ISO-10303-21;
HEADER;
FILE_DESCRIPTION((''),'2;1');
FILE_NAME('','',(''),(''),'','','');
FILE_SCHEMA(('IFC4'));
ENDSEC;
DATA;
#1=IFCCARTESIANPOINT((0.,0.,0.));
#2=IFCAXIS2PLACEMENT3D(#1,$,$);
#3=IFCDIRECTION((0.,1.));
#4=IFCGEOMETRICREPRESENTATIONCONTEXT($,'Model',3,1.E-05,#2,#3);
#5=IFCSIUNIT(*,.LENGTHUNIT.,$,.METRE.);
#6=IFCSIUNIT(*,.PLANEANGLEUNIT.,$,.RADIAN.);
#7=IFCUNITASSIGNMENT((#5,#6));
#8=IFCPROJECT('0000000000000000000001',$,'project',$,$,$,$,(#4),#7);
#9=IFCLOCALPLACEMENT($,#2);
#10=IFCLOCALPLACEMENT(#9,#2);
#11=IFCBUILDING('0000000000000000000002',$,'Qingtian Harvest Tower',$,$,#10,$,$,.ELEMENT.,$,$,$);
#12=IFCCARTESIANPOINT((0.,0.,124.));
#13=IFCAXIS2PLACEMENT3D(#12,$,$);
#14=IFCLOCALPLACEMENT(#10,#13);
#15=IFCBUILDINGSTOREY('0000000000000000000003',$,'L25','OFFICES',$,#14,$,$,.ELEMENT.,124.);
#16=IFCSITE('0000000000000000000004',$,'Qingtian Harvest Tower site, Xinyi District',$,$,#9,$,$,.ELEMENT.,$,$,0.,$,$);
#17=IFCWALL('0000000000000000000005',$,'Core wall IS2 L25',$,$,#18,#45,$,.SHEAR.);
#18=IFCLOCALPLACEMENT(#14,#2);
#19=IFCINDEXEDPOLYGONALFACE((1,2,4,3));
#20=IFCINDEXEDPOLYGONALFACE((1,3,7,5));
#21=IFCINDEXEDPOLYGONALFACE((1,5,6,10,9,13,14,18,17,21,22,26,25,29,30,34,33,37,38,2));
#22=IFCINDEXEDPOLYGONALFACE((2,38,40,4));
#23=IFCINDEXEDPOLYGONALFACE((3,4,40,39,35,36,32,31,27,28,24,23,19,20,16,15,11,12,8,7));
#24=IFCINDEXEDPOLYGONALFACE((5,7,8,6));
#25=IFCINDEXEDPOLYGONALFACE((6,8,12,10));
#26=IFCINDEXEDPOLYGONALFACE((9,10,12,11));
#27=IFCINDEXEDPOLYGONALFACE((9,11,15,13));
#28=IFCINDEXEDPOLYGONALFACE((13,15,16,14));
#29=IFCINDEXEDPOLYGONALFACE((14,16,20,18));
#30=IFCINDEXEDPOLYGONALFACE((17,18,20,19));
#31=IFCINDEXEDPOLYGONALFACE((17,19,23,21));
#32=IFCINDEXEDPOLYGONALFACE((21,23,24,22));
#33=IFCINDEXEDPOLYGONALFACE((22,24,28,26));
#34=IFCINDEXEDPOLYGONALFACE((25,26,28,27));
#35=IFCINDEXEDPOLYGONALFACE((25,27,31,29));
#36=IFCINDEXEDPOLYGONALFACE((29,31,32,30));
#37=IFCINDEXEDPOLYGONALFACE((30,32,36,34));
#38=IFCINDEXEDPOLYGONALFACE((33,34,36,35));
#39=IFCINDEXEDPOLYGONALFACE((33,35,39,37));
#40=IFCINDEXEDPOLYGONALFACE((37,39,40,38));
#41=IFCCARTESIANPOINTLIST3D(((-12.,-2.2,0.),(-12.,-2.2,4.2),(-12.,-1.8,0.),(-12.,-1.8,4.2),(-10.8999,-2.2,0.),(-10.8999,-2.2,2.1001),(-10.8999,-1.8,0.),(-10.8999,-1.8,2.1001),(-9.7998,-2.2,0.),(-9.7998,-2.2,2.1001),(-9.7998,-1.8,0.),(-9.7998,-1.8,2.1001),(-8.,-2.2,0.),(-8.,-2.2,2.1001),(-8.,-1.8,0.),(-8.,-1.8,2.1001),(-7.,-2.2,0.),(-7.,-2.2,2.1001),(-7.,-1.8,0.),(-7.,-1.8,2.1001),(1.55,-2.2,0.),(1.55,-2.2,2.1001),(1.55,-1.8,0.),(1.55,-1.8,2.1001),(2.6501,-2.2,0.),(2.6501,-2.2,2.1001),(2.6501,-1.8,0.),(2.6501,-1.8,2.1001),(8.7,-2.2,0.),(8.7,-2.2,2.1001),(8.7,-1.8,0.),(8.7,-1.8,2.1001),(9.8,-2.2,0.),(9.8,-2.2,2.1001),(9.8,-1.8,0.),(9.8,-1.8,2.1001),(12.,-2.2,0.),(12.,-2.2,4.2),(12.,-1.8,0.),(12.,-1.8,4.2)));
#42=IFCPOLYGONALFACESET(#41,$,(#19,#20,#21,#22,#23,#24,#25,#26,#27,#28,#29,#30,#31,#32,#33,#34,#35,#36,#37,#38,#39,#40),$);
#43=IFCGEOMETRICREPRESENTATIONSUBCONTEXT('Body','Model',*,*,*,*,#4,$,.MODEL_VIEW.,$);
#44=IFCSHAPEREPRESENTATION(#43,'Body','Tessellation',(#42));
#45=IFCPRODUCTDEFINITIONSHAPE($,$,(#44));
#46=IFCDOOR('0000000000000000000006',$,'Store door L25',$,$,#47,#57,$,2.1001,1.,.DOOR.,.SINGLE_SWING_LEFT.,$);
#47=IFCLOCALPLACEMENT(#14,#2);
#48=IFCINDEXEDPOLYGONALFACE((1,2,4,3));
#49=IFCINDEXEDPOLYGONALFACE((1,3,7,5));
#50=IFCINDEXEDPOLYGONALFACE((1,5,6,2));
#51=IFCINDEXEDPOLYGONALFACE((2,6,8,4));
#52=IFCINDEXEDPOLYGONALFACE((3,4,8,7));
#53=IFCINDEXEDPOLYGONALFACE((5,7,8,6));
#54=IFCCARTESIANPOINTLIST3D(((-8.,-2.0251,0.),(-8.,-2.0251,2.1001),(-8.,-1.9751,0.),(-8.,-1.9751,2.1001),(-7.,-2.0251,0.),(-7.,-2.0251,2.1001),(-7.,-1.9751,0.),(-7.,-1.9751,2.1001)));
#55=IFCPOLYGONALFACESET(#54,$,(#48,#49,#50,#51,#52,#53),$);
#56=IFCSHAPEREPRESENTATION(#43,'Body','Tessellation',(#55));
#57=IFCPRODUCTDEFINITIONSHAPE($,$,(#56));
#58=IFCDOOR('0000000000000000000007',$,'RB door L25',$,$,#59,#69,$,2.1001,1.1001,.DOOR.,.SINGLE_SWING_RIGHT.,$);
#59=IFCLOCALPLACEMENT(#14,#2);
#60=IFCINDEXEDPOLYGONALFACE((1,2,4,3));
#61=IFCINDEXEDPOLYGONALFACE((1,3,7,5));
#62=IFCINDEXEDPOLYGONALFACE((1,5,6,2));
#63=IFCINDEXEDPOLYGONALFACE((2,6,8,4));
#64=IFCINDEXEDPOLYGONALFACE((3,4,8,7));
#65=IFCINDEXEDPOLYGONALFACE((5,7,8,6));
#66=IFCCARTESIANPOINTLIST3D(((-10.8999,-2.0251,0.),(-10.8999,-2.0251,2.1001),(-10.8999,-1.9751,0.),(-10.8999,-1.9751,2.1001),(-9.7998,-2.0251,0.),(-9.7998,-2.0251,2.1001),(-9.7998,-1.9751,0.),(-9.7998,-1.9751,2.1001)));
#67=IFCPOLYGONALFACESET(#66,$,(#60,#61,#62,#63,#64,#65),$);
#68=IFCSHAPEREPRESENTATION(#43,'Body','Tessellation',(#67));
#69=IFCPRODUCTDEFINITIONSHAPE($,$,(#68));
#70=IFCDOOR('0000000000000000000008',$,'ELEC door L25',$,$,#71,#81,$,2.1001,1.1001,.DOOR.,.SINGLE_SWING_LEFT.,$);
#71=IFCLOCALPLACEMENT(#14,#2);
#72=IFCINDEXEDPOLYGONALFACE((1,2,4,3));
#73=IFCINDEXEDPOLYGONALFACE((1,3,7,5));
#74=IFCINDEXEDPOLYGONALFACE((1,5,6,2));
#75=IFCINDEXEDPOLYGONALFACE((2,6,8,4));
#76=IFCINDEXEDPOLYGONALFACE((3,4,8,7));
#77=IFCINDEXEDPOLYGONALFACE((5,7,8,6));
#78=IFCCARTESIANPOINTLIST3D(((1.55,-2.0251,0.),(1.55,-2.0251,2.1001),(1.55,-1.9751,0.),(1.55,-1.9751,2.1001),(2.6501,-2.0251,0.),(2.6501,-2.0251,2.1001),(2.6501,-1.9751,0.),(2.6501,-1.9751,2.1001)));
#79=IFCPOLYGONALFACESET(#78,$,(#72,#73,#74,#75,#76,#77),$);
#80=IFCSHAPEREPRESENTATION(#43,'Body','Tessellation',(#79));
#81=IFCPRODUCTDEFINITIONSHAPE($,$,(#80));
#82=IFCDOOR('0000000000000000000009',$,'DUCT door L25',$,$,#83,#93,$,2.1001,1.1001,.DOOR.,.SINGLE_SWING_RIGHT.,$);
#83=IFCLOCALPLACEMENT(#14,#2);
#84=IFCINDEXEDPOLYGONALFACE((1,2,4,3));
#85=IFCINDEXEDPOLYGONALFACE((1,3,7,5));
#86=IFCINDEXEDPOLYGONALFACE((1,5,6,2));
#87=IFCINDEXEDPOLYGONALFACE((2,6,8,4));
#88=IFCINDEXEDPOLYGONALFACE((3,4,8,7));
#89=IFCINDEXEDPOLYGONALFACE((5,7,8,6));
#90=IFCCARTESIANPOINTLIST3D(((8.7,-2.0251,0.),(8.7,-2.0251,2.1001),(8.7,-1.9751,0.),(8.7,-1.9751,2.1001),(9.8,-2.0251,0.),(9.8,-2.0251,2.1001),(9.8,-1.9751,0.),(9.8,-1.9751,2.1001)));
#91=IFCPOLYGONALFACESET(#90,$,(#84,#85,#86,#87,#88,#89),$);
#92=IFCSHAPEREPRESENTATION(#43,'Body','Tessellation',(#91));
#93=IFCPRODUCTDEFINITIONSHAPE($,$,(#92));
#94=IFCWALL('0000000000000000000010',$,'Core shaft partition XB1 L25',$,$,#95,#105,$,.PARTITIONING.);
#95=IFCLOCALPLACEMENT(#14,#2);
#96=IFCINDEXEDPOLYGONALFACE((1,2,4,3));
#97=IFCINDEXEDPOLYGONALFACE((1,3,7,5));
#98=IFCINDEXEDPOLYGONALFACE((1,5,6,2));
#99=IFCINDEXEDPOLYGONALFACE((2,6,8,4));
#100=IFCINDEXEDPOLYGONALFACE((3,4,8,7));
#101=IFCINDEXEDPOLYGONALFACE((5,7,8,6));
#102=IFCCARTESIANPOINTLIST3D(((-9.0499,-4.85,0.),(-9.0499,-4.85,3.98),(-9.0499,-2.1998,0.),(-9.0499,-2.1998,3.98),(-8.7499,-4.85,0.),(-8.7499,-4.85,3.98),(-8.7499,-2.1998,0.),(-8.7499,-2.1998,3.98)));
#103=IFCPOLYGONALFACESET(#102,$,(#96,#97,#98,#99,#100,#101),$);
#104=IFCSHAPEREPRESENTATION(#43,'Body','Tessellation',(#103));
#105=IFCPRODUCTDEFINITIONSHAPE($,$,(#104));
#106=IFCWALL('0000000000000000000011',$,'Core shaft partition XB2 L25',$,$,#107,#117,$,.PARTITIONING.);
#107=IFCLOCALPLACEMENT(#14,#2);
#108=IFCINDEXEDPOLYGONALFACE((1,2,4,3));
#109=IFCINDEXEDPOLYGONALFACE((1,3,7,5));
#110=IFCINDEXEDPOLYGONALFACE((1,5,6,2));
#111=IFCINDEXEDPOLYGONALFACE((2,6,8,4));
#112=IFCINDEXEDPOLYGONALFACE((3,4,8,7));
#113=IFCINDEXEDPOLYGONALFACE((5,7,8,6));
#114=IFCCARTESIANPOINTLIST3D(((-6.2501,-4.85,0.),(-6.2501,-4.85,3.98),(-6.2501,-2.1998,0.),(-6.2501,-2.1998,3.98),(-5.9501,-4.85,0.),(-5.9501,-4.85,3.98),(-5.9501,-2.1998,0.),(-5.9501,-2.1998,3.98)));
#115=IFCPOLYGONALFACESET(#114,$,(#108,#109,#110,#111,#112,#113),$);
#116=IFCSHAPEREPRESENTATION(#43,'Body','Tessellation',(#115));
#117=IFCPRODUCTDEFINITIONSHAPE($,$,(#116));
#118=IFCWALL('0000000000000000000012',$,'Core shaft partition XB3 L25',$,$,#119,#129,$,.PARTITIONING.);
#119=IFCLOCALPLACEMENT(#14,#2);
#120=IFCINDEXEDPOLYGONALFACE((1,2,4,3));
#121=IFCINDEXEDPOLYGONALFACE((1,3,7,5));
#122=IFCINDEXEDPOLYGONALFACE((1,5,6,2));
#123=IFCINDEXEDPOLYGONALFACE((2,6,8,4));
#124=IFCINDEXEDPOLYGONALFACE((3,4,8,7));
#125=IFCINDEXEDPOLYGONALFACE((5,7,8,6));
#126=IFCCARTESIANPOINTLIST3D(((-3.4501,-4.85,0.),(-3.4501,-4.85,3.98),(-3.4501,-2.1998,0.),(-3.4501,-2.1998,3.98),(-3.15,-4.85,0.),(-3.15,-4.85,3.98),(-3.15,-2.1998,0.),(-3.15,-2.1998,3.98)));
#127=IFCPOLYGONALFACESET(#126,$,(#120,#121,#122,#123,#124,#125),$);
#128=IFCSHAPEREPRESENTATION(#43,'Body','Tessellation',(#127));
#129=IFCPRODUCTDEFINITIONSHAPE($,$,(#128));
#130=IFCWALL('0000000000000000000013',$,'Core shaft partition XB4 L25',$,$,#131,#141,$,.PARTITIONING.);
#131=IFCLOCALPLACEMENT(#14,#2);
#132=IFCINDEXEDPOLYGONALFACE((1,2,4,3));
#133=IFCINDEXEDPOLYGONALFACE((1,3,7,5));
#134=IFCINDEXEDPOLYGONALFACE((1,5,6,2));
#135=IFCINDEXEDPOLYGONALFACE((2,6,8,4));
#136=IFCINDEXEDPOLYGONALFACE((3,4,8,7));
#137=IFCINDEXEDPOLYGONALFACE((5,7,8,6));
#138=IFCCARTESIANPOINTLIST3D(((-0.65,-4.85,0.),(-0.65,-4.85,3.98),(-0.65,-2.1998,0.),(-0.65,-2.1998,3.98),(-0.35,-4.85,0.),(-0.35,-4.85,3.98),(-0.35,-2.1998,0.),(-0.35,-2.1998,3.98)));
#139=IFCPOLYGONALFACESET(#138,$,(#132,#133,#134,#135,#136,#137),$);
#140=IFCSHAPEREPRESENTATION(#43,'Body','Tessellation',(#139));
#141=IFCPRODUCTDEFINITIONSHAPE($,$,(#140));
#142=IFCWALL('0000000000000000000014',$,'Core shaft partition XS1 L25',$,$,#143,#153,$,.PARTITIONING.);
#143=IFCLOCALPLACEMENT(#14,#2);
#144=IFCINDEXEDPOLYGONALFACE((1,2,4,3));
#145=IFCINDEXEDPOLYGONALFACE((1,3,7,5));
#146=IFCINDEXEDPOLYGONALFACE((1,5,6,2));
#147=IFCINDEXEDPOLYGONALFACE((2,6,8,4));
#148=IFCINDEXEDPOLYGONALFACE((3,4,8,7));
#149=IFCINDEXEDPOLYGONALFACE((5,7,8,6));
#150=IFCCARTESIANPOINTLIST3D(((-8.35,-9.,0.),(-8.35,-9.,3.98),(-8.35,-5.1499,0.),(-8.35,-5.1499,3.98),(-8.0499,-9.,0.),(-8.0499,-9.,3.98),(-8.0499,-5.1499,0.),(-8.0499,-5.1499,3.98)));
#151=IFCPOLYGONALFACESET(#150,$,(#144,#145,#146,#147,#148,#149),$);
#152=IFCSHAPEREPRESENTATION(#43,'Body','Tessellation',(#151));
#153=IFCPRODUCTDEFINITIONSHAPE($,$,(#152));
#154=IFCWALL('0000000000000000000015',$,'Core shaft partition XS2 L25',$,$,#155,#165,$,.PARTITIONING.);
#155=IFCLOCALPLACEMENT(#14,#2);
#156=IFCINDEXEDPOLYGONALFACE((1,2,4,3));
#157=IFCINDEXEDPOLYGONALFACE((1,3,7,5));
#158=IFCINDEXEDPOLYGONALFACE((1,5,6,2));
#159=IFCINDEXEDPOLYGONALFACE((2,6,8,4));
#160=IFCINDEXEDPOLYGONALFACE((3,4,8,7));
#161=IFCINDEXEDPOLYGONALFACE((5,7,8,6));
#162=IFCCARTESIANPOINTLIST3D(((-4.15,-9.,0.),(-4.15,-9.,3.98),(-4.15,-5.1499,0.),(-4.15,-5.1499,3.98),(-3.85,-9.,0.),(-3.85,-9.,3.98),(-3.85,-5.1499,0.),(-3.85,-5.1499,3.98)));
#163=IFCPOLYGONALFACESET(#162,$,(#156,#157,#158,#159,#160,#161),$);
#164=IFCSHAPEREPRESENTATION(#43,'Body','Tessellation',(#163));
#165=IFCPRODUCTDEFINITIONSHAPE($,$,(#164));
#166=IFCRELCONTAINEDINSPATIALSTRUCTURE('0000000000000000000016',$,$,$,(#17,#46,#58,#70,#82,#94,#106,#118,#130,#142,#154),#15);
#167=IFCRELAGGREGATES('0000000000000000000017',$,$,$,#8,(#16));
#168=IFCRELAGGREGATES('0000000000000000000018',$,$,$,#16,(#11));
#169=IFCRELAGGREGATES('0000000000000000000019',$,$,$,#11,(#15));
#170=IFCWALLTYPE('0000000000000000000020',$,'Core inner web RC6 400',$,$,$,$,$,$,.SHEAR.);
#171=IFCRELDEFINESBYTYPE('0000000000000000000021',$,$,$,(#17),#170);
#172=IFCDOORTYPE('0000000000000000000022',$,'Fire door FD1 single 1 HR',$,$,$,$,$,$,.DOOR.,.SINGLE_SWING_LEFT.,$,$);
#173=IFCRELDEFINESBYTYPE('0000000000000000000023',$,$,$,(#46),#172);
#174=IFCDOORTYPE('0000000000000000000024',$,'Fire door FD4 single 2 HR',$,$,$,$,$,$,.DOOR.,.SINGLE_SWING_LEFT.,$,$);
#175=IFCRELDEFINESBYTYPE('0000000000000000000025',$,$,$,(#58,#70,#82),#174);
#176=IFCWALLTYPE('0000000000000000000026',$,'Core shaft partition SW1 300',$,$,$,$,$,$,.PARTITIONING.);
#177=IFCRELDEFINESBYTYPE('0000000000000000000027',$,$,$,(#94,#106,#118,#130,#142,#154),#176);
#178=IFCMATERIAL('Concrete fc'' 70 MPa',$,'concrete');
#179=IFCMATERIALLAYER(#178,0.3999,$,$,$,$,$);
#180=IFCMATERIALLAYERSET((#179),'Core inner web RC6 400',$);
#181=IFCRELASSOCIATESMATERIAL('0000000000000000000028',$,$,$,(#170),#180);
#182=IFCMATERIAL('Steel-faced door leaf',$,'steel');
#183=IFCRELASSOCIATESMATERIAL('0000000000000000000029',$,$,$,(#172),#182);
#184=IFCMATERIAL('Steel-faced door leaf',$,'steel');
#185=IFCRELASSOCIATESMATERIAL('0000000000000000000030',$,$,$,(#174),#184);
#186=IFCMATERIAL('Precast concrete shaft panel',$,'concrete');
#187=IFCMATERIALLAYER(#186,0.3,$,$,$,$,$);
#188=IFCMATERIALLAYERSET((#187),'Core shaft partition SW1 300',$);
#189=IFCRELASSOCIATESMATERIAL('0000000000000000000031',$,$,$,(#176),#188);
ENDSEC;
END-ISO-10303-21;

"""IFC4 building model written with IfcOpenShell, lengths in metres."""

from ifc_helpers import new_model, si_unit, direction, frame, frame_2d, origin, place, context, subcontext, project, spatial, rectangle, extrude, material, layer, layer_set, type_object, element, fill, save


model = new_model("IFC4")

# Units and contexts
model_context = context("Model", 3, precision=1e-05, world=origin(), true_north=direction((0.0, 1.0)))
body_context = subcontext(model_context, "Body", "Model", "MODEL_VIEW")
ifc_project = project(units=[si_unit("LENGTHUNIT", "METRE"), si_unit("PLANEANGLEUNIT", "RADIAN")], contexts=[model_context])

# Site, building, storey
site_placement = place(None, origin())
site = spatial("IfcSite", under=ifc_project, at=site_placement, Name="Qingtian Harvest Tower site, Xinyi District", CompositionType="ELEMENT", RefElevation=0.0)
building_placement = place(site_placement, origin())
building = spatial("IfcBuilding", under=site, at=building_placement, Name="Qingtian Harvest Tower", CompositionType="ELEMENT")
storey_placement = place(building_placement, frame((0.0, 0.0, 124.0)))
storey = spatial("IfcBuildingStorey", under=building, at=storey_placement, Name="L25", Description="OFFICES", CompositionType="ELEMENT", Elevation=124.0)

# Wall, openings, doors
ifc_material_1 = material(Name="Concrete fc' 70 MPa", Category="concrete")
ifc_layer_1 = layer(ifc_material_1, 0.3999)
ifc_layer_set_1 = layer_set([ifc_layer_1], Name="Core inner web RC6 400")
wall_type_1 = type_object("IfcWallType", Name="Core inner web RC6 400", PredefinedType="SHEAR", material=ifc_layer_set_1)
wall_1_placement = place(storey_placement, frame((-12.0, -2.0, 0.0), z_axis=(0.0, 0.0, 1.0), x_axis=(1.0, 0.0, 0.0)))
wall_1 = element("IfcWall", 1, at=wall_1_placement, inside=storey, type_object=wall_type_1, Name="Core wall IS2 L25", PredefinedType="SHEAR", context=body_context, shape_type="SweptSolid", body=[
    extrude(rectangle(XDim=24.0, YDim=0.3999, at=frame_2d((12.0, 0.0))), origin(), (0.0, 0.0, 1.0), 4.2),
])
opening_1_placement = place(wall_1_placement, frame((1.1001, 0.0, 0.0)))
opening_1 = element("IfcOpeningElement", 2, at=opening_1_placement, cuts=wall_1, PredefinedType="OPENING", context=body_context, shape_type="SweptSolid", body=[
    extrude(rectangle(XDim=1.1001, YDim=2.1001, at=frame_2d((0.55, 1.05))), frame((0.0, 0.21, 0.0), z_axis=(0.0, -1.0, 0.0), x_axis=(1.0, 0.0, 0.0)), (0.0, 0.0, 1.0), 0.4199),
])
opening_2_placement = place(wall_1_placement, frame((13.55, 0.0, 0.0)))
opening_2 = element("IfcOpeningElement", 3, at=opening_2_placement, cuts=wall_1, PredefinedType="OPENING", context=body_context, shape_type="SweptSolid", body=[
    extrude(rectangle(XDim=1.1001, YDim=2.1001, at=frame_2d((0.55, 1.05))), frame((0.0, 0.21, 0.0), z_axis=(0.0, -1.0, 0.0), x_axis=(1.0, 0.0, 0.0)), (0.0, 0.0, 1.0), 0.4199),
])
opening_3_placement = place(wall_1_placement, frame((20.7, 0.0, 0.0)))
opening_3 = element("IfcOpeningElement", 4, at=opening_3_placement, cuts=wall_1, PredefinedType="OPENING", context=body_context, shape_type="SweptSolid", body=[
    extrude(rectangle(XDim=1.1001, YDim=2.1001, at=frame_2d((0.55, 1.05))), frame((0.0, 0.21, 0.0), z_axis=(0.0, -1.0, 0.0), x_axis=(1.0, 0.0, 0.0)), (0.0, 0.0, 1.0), 0.4199),
])
opening_4_placement = place(wall_1_placement, frame((4.0, 0.0, 0.0)))
opening_4 = element("IfcOpeningElement", 5, at=opening_4_placement, cuts=wall_1, PredefinedType="OPENING", context=body_context, shape_type="SweptSolid", body=[
    extrude(rectangle(XDim=1.0, YDim=2.1001, at=frame_2d((0.5, 1.05))), frame((0.0, 0.21, 0.0), z_axis=(0.0, -1.0, 0.0), x_axis=(1.0, 0.0, 0.0)), (0.0, 0.0, 1.0), 0.4199),
])
ifc_material_2 = material(Name="Steel-faced door leaf", Category="steel")
door_type_1 = type_object("IfcDoorType", Name="Fire door FD1 single 1 HR", OperationType="SINGLE_SWING_LEFT", PredefinedType="DOOR", material=ifc_material_2)
door_1_placement = place(opening_4_placement, origin())
door_1 = element("IfcDoor", 6, at=door_1_placement, inside=storey, type_object=door_type_1, Name="Store door L25", OperationType="SINGLE_SWING_LEFT", OverallHeight=2.1001, OverallWidth=1.0, PredefinedType="DOOR", context=body_context, shape_type="SweptSolid", body=[
    extrude(rectangle(XDim=1.0, YDim=2.1001, at=frame_2d((0.5, 1.05))), frame((0.0, 0.0249, 0.0), z_axis=(0.0, -1.0, 0.0), x_axis=(1.0, 0.0, 0.0)), (0.0, 0.0, 1.0), 0.05),
])
fill(opening_4, door_1)
ifc_material_3 = material(Name="Steel-faced door leaf", Category="steel")
door_type_2 = type_object("IfcDoorType", Name="Fire door FD4 single 2 HR", OperationType="SINGLE_SWING_LEFT", PredefinedType="DOOR", material=ifc_material_3)
door_2_placement = place(opening_1_placement, origin())
door_2 = element("IfcDoor", 7, at=door_2_placement, inside=storey, type_object=door_type_2, Name="RB door L25", OperationType="SINGLE_SWING_RIGHT", OverallHeight=2.1001, OverallWidth=1.1001, PredefinedType="DOOR", context=body_context, shape_type="SweptSolid", body=[
    extrude(rectangle(XDim=1.1001, YDim=2.1001, at=frame_2d((0.55, 1.05))), frame((0.0, 0.0249, 0.0), z_axis=(0.0, -1.0, 0.0), x_axis=(1.0, 0.0, 0.0)), (0.0, 0.0, 1.0), 0.05),
])
fill(opening_1, door_2)
door_3_placement = place(opening_2_placement, origin())
door_3 = element("IfcDoor", 8, at=door_3_placement, inside=storey, type_object=door_type_2, Name="ELEC door L25", OperationType="SINGLE_SWING_LEFT", OverallHeight=2.1001, OverallWidth=1.1001, PredefinedType="DOOR", context=body_context, shape_type="SweptSolid", body=[
    extrude(rectangle(XDim=1.1001, YDim=2.1001, at=frame_2d((0.55, 1.05))), frame((0.0, 0.0249, 0.0), z_axis=(0.0, -1.0, 0.0), x_axis=(1.0, 0.0, 0.0)), (0.0, 0.0, 1.0), 0.05),
])
fill(opening_2, door_3)
door_4_placement = place(opening_3_placement, origin())
door_4 = element("IfcDoor", 9, at=door_4_placement, inside=storey, type_object=door_type_2, Name="DUCT door L25", OperationType="SINGLE_SWING_RIGHT", OverallHeight=2.1001, OverallWidth=1.1001, PredefinedType="DOOR", context=body_context, shape_type="SweptSolid", body=[
    extrude(rectangle(XDim=1.1001, YDim=2.1001, at=frame_2d((0.55, 1.05))), frame((0.0, 0.0249, 0.0), z_axis=(0.0, -1.0, 0.0), x_axis=(1.0, 0.0, 0.0)), (0.0, 0.0, 1.0), 0.05),
])
fill(opening_3, door_4)

# Walls
ifc_material_4 = material(Name="Precast concrete shaft panel", Category="concrete")
ifc_layer_2 = layer(ifc_material_4, 0.3)
ifc_layer_set_2 = layer_set([ifc_layer_2], Name="Core shaft partition SW1 300")
wall_type_2 = type_object("IfcWallType", Name="Core shaft partition SW1 300", PredefinedType="PARTITIONING", material=ifc_layer_set_2)
for number, where, z_axis, x_axis, name in (
    (10, (-8.8999, -4.8501, 0.0), (0.0, 0.0, 1.0), (0.0, 1.0, 0.0), "Core shaft partition XB1 L25"),
    (11, (-6.1001, -4.8501, 0.0), (0.0, 0.0, 1.0), (0.0, 1.0, 0.0), "Core shaft partition XB2 L25"),
    (12, (-3.3, -4.8501, 0.0), (0.0, 0.0, 1.0), (0.0, 1.0, 0.0), "Core shaft partition XB3 L25"),
    (13, (-0.5, -4.8501, 0.0), (0.0, 0.0, 1.0), (0.0, 1.0, 0.0), "Core shaft partition XB4 L25"),
):
    element("IfcWall", number, at=place(storey_placement, frame(where, z_axis=z_axis, x_axis=x_axis)), inside=storey, type_object=wall_type_2, Name=name, PredefinedType="PARTITIONING", context=body_context, shape_type="SweptSolid", body=[
        extrude(rectangle(XDim=2.6501, YDim=0.3, at=frame_2d((1.3252, 0.0))), origin(), (0.0, 0.0, 1.0), 3.98),
    ])
for number, where, z_axis, x_axis, name in (
    (14, (-8.2, -9.0, 0.0), (0.0, 0.0, 1.0), (0.0, 1.0, 0.0), "Core shaft partition XS1 L25"),
    (15, (-4.0, -9.0, 0.0), (0.0, 0.0, 1.0), (0.0, 1.0, 0.0), "Core shaft partition XS2 L25"),
):
    element("IfcWall", number, at=place(storey_placement, frame(where, z_axis=z_axis, x_axis=x_axis)), inside=storey, type_object=wall_type_2, Name=name, PredefinedType="PARTITIONING", context=body_context, shape_type="SweptSolid", body=[
        extrude(rectangle(XDim=3.8501, YDim=0.3, at=frame_2d((1.925, 0.0))), origin(), (0.0, 0.0, 1.0), 3.98),
    ])

save(model, "model.ifc")
